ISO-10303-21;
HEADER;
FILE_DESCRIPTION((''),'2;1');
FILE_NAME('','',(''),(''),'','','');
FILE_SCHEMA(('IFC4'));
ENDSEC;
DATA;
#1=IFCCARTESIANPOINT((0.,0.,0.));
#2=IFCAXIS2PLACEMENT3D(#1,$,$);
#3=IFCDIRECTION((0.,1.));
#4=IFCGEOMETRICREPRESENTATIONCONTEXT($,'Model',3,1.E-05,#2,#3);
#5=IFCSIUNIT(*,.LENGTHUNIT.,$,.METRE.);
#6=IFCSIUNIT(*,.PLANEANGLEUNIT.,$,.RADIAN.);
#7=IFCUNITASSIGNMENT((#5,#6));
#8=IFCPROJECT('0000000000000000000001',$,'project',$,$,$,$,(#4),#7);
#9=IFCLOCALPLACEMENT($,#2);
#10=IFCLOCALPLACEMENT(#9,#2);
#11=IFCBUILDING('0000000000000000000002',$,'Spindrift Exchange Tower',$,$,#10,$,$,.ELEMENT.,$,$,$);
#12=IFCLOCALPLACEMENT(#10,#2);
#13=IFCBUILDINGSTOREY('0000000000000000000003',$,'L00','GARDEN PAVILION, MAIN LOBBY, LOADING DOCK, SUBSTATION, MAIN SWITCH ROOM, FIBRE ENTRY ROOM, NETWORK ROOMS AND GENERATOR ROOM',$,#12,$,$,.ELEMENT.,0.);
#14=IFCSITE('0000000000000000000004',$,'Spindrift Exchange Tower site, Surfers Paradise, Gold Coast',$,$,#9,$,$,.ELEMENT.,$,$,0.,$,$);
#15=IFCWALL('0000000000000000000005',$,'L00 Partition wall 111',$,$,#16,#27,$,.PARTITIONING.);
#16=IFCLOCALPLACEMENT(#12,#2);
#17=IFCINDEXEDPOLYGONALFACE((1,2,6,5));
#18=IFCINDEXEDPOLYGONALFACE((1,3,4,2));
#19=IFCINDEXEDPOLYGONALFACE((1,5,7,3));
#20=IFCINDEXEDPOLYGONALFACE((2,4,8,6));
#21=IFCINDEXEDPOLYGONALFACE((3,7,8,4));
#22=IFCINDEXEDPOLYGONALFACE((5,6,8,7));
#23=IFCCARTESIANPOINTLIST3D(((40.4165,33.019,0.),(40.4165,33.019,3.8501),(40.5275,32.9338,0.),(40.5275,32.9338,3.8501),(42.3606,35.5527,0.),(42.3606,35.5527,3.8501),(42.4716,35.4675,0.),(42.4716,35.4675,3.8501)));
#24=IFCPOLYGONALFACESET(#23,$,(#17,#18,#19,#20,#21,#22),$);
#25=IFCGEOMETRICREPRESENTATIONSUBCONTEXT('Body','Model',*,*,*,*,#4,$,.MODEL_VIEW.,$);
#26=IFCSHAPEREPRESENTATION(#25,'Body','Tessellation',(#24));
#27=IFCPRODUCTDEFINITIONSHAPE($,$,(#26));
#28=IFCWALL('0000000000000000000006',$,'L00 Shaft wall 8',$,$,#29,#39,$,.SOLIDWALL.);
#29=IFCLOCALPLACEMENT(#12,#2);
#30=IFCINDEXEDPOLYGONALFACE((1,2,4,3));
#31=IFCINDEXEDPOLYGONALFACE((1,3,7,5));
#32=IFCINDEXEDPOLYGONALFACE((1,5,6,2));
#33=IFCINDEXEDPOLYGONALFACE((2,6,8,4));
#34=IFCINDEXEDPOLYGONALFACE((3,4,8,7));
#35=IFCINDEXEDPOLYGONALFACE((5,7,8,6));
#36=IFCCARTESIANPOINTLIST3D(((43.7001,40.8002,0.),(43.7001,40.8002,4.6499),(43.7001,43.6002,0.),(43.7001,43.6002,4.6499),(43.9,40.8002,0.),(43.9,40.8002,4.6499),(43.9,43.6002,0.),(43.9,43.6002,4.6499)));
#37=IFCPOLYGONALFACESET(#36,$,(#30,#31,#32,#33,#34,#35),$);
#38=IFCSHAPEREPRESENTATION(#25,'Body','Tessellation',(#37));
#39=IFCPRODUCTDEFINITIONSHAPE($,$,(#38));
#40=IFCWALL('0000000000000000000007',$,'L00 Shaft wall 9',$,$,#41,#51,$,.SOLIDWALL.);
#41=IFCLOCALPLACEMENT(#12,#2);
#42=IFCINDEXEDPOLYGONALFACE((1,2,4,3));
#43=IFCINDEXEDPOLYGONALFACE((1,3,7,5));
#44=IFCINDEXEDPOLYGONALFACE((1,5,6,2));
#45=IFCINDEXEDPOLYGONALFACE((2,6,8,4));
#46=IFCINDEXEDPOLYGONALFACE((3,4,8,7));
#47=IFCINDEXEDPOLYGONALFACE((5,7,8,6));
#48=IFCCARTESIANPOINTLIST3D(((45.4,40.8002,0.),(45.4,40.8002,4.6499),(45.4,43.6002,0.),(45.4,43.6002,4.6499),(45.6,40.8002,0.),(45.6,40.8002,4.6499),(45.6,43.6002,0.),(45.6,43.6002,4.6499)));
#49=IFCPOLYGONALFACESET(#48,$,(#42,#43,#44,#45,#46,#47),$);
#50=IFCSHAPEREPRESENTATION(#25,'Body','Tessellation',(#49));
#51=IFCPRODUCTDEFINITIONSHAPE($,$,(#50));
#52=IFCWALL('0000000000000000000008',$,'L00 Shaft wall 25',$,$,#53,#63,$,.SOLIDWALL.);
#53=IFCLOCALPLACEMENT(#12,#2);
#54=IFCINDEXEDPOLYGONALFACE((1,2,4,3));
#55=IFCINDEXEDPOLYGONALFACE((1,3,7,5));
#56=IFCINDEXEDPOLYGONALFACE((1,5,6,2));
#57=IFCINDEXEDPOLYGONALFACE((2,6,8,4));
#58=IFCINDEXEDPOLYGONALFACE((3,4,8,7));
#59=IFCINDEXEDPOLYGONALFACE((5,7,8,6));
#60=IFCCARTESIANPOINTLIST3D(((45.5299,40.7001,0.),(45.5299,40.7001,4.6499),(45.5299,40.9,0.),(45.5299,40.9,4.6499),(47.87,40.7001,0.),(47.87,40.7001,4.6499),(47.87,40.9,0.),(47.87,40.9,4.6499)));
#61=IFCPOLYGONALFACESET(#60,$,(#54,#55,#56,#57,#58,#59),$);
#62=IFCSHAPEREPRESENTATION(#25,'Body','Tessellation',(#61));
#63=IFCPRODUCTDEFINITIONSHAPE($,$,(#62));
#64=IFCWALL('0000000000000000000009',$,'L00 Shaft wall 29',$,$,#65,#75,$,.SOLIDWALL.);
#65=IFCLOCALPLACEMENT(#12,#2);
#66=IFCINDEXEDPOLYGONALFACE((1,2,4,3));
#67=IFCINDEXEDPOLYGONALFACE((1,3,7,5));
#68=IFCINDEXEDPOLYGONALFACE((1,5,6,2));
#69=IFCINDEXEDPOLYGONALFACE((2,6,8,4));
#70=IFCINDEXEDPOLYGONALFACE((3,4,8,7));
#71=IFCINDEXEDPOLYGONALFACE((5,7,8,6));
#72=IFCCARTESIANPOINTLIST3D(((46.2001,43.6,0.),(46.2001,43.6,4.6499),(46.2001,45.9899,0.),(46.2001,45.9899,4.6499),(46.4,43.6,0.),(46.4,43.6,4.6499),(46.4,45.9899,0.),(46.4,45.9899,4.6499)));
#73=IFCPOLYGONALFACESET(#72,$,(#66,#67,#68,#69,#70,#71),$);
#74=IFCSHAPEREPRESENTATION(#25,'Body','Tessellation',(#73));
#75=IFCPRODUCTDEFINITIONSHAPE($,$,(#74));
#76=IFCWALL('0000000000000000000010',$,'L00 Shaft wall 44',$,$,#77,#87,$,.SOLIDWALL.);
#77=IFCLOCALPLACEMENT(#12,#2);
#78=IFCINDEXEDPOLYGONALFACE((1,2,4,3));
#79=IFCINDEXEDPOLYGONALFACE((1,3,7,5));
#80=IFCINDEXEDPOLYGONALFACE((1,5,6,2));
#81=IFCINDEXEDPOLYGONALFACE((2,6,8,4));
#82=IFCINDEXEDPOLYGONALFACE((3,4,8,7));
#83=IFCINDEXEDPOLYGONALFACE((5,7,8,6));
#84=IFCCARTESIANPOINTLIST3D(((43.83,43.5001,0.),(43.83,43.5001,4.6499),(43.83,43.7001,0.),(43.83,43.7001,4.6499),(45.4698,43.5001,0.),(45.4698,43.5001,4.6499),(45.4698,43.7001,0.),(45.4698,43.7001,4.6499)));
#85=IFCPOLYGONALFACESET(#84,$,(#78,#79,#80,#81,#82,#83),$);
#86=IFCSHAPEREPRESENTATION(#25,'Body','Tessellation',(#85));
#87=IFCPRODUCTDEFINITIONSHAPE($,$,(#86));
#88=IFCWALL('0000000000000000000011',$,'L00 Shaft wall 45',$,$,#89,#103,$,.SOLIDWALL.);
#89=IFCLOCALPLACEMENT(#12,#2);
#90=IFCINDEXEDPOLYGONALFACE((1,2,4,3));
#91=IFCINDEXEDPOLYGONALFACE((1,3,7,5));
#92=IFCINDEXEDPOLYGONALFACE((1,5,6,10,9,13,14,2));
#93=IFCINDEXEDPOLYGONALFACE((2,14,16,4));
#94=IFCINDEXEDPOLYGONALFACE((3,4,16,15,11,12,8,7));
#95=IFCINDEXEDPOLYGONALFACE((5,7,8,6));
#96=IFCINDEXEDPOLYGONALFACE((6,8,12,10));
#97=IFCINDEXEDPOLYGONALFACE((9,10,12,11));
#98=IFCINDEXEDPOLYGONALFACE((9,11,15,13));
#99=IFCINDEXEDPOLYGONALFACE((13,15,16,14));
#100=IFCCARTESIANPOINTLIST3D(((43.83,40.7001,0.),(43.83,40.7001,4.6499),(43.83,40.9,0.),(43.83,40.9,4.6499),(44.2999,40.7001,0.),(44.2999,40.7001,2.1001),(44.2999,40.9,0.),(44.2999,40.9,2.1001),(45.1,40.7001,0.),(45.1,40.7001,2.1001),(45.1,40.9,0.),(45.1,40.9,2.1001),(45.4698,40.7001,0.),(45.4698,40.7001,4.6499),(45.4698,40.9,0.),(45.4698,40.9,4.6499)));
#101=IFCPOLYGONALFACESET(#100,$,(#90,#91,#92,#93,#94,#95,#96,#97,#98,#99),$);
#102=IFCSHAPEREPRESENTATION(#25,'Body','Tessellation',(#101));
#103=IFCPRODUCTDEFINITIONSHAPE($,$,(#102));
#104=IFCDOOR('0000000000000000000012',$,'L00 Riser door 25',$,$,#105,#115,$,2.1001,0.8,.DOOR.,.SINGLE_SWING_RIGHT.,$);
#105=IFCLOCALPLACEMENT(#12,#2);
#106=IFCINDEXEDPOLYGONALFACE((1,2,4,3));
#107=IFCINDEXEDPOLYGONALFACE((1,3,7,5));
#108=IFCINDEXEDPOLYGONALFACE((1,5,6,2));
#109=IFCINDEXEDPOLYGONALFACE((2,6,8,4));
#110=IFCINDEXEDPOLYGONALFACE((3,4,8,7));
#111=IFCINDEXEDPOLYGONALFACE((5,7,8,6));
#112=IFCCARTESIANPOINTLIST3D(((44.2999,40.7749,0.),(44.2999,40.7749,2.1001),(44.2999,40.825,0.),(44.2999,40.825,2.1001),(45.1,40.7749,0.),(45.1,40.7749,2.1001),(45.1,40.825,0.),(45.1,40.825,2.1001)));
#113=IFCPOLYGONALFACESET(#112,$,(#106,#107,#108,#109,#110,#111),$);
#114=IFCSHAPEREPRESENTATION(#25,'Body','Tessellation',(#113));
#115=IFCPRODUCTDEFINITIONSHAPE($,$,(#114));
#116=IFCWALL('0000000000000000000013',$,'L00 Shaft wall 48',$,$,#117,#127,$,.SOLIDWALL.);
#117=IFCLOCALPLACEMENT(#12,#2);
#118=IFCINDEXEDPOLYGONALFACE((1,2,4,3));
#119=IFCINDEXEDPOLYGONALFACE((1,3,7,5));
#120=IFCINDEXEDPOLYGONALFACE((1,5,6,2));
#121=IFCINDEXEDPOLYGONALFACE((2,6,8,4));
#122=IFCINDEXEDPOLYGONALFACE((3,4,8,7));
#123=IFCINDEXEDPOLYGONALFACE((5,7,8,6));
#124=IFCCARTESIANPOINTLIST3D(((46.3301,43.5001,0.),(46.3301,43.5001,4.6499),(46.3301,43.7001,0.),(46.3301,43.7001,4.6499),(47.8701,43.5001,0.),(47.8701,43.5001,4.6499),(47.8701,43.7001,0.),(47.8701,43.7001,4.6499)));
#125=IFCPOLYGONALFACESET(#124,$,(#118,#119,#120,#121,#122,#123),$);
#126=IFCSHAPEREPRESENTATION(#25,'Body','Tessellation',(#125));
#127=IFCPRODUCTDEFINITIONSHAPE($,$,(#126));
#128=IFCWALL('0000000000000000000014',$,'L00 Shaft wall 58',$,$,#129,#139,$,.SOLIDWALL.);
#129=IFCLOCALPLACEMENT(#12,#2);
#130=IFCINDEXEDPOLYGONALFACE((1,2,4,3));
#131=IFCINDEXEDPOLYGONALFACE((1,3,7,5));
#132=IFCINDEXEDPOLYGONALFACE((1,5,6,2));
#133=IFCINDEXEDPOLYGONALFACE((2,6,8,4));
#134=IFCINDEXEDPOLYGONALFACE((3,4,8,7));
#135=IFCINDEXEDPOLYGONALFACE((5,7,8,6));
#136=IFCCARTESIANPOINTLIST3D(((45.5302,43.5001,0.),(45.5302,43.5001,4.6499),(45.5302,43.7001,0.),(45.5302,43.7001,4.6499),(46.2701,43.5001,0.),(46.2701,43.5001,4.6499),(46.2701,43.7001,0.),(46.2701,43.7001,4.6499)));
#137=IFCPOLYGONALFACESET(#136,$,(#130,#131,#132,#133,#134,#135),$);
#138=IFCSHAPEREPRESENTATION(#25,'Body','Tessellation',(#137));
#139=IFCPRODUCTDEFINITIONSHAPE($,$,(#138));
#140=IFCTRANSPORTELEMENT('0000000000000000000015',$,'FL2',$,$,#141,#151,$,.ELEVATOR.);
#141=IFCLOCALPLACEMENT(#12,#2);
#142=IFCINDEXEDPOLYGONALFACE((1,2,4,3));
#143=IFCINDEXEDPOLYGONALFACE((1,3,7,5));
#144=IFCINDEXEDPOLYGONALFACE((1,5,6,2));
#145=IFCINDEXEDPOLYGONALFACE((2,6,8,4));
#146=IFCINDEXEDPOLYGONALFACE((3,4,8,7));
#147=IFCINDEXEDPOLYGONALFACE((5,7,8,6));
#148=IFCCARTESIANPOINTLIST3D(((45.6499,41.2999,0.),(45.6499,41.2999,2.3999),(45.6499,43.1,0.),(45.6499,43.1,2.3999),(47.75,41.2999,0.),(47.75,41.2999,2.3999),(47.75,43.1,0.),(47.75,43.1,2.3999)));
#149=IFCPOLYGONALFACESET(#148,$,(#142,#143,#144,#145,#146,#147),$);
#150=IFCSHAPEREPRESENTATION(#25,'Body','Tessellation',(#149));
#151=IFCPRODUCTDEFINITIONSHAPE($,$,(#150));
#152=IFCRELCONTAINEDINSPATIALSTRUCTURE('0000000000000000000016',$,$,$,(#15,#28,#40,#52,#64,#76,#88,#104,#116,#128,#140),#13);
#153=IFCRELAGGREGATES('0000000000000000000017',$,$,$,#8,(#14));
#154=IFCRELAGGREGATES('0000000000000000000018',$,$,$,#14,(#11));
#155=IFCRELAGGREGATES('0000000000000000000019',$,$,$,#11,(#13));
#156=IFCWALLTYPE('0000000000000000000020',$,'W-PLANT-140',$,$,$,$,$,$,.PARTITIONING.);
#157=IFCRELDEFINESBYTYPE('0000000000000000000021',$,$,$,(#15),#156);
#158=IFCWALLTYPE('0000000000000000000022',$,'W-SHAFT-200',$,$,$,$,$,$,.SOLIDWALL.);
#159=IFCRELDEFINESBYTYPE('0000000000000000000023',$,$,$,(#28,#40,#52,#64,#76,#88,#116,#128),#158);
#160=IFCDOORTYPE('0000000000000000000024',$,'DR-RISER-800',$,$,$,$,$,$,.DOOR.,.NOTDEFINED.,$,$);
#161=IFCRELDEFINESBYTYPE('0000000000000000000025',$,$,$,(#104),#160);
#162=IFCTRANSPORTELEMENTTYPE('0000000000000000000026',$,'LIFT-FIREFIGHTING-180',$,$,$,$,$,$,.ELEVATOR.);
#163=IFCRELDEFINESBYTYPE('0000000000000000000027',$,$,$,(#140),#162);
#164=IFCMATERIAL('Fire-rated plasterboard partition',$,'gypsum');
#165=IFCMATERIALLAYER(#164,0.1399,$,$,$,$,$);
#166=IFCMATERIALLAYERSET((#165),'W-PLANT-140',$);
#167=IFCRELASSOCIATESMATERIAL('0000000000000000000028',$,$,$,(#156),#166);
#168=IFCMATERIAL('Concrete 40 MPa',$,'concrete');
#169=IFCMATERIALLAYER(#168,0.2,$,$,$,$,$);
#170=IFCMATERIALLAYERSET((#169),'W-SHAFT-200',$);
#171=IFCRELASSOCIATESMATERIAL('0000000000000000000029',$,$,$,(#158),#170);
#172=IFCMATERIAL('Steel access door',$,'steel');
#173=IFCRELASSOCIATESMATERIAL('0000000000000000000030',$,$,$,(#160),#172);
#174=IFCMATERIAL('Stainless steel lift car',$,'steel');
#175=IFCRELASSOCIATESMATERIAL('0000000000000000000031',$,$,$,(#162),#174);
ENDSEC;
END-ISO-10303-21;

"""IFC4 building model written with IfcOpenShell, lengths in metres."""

from ifc_helpers import new_model, si_unit, direction, frame, frame_2d, origin, origin_2d, place, context, subcontext, project, spatial, rectangle, extrude, source, transform, mapped, material, layer, layer_set, type_object, element, fill, save


model = new_model("IFC4")

# Units and contexts
model_context = context("Model", 3, precision=1e-05, world=origin(), true_north=direction((0.0, 1.0)))
body_context = subcontext(model_context, "Body", "Model", "MODEL_VIEW")
ifc_project = project(units=[si_unit("LENGTHUNIT", "METRE"), si_unit("PLANEANGLEUNIT", "RADIAN")], contexts=[model_context])

# Site, building, storey
site_placement = place(None, origin())
site = spatial("IfcSite", under=ifc_project, at=site_placement, Name="Spindrift Exchange Tower site, Surfers Paradise, Gold Coast", CompositionType="ELEMENT", RefElevation=0.0)
building_placement = place(site_placement, origin())
building = spatial("IfcBuilding", under=site, at=building_placement, Name="Spindrift Exchange Tower", CompositionType="ELEMENT")
storey_placement = place(building_placement, origin())
storey = spatial("IfcBuildingStorey", under=building, at=storey_placement, Name="L00", Description="GARDEN PAVILION, MAIN LOBBY, LOADING DOCK, SUBSTATION, MAIN SWITCH ROOM, FIBRE ENTRY ROOM, NETWORK ROOMS AND GENERATOR ROOM", CompositionType="ELEMENT", Elevation=0.0)

# Shared definitions
ifc_material_1 = material(Name="Concrete 40 MPa", Category="concrete")

# Walls
ifc_material_2 = material(Name="Fire-rated plasterboard partition", Category="gypsum")
ifc_layer_1 = layer(ifc_material_2, 0.1399)
ifc_layer_set_1 = layer_set([ifc_layer_1], Name="W-PLANT-140")
wall_type_1 = type_object("IfcWallType", Name="W-PLANT-140", PredefinedType="PARTITIONING", material=ifc_layer_set_1)
wall_1_placement = place(storey_placement, frame((42.416, 35.51, 0.0), z_axis=(0.0, 0.0, 1.0), x_axis=(-0.608746, -0.793365, 0.0)))
element("IfcWall", 1, at=wall_1_placement, inside=storey, type_object=wall_type_1, Name="L00 Partition wall 111", PredefinedType="PARTITIONING", context=body_context, shape_type="SweptSolid", body=[
    extrude(rectangle(XDim=3.1936, YDim=0.1399, at=frame_2d((1.5967, 0.0))), origin(), (0.0, 0.0, 1.0), 3.8501),
])
ifc_layer_2 = layer(ifc_material_1, 0.2)
ifc_layer_set_2 = layer_set([ifc_layer_2], Name="W-SHAFT-200")
wall_type_2 = type_object("IfcWallType", Name="W-SHAFT-200", PredefinedType="SOLIDWALL", material=ifc_layer_set_2)
for number, where, z_axis, x_axis, name in (
    (2, (43.8, 43.6001, 0.0), (0.0, 0.0, 1.0), (0.0, -1.0, 0.0), "L00 Shaft wall 8"),
    (3, (45.5, 43.6001, 0.0), (0.0, 0.0, 1.0), (0.0, -1.0, 0.0), "L00 Shaft wall 9"),
):
    element("IfcWall", number, at=place(storey_placement, frame(where, z_axis=z_axis, x_axis=x_axis)), inside=storey, type_object=wall_type_2, Name=name, PredefinedType="SOLIDWALL", context=body_context, shape_type="SweptSolid", body=[
        extrude(rectangle(XDim=2.8, YDim=0.2, at=frame_2d((1.3999, 0.0))), origin(), (0.0, 0.0, 1.0), 4.6499),
    ])
wall_2_placement = place(storey_placement, frame((45.53, 40.8, 0.0), z_axis=(0.0, 0.0, 1.0), x_axis=(1.0, 0.0, 0.0)))
element("IfcWall", 4, at=wall_2_placement, inside=storey, type_object=wall_type_2, Name="L00 Shaft wall 25", PredefinedType="SOLIDWALL", context=body_context, shape_type="SweptSolid", body=[
    extrude(rectangle(XDim=2.3401, YDim=0.2, at=frame_2d((1.1699, 0.0))), origin(), (0.0, 0.0, 1.0), 4.6499),
])
wall_3_placement = place(storey_placement, frame((46.3, 43.6001, 0.0), z_axis=(0.0, 0.0, 1.0), x_axis=(0.0, 1.0, 0.0)))
element("IfcWall", 5, at=wall_3_placement, inside=storey, type_object=wall_type_2, Name="L00 Shaft wall 29", PredefinedType="SOLIDWALL", context=body_context, shape_type="SweptSolid", body=[
    extrude(rectangle(XDim=2.3899, YDim=0.2, at=frame_2d((1.1948, 0.0))), origin(), (0.0, 0.0, 1.0), 4.6499),
])
wall_4_placement = place(storey_placement, frame((43.8301, 43.6001, 0.0), z_axis=(0.0, 0.0, 1.0), x_axis=(1.0, 0.0, 0.0)))
element("IfcWall", 6, at=wall_4_placement, inside=storey, type_object=wall_type_2, Name="L00 Shaft wall 44", PredefinedType="SOLIDWALL", context=body_context, shape_type="SweptSolid", body=[
    extrude(rectangle(XDim=1.6399, YDim=0.2, at=frame_2d((0.8198, 0.0))), origin(), (0.0, 0.0, 1.0), 4.6499),
])

# Wall, opening, door
wall_5_placement = place(storey_placement, frame((43.8301, 40.8, 0.0), z_axis=(0.0, 0.0, 1.0), x_axis=(1.0, 0.0, 0.0)))
wall_5 = element("IfcWall", 7, at=wall_5_placement, inside=storey, type_object=wall_type_2, Name="L00 Shaft wall 45", PredefinedType="SOLIDWALL", context=body_context, shape_type="SweptSolid", body=[
    extrude(rectangle(XDim=1.6399, YDim=0.2, at=frame_2d((0.8198, 0.0))), origin(), (0.0, 0.0, 1.0), 4.6499),
])
opening_placement = place(wall_5_placement, frame((0.47, 0.0, 0.0)))
opening = element("IfcOpeningElement", 8, at=opening_placement, cuts=wall_5, PredefinedType="OPENING", context=body_context, shape_type="SweptSolid", body=[
    extrude(rectangle(XDim=0.8, YDim=2.1001, at=frame_2d((0.3999, 1.05))), frame((0.0, 0.1099, 0.0), z_axis=(0.0, -1.0, 0.0), x_axis=(1.0, 0.0, 0.0)), (0.0, 0.0, 1.0), 0.22),
])
ifc_material_3 = material(Name="Steel access door", Category="steel")
door_type = type_object("IfcDoorType", Name="DR-RISER-800", OperationType="NOTDEFINED", PredefinedType="DOOR", material=ifc_material_3)
shared_shape_1 = source(origin(), body_context, "Body", "SweptSolid", [
    extrude(rectangle(XDim=0.8, YDim=2.1001, at=frame_2d((0.3999, 1.05))), frame((0.0, 0.0249, 0.0), z_axis=(0.0, -1.0, 0.0), x_axis=(1.0, 0.0, 0.0)), (0.0, 0.0, 1.0), 0.05),
])
door_placement = place(opening_placement, origin())
door = element("IfcDoor", 9, at=door_placement, inside=storey, type_object=door_type, Name="L00 Riser door 25", OperationType="SINGLE_SWING_RIGHT", OverallHeight=2.1001, OverallWidth=0.8, PredefinedType="DOOR", context=body_context, shape_type="MappedRepresentation", body=[
    mapped(shared_shape_1, transform((0.0, 0.0, 0.0), scale=1.0)),
])
fill(opening, door)

# Walls
wall_6_placement = place(storey_placement, frame((46.3301, 43.6001, 0.0), z_axis=(0.0, 0.0, 1.0), x_axis=(1.0, 0.0, 0.0)))
element("IfcWall", 10, at=wall_6_placement, inside=storey, type_object=wall_type_2, Name="L00 Shaft wall 48", PredefinedType="SOLIDWALL", context=body_context, shape_type="SweptSolid", body=[
    extrude(rectangle(XDim=1.54, YDim=0.2, at=frame_2d((0.77, 0.0))), origin(), (0.0, 0.0, 1.0), 4.6499),
])
wall_7_placement = place(storey_placement, frame((45.53, 43.6001, 0.0), z_axis=(0.0, 0.0, 1.0), x_axis=(1.0, 0.0, 0.0)))
element("IfcWall", 11, at=wall_7_placement, inside=storey, type_object=wall_type_2, Name="L00 Shaft wall 58", PredefinedType="SOLIDWALL", context=body_context, shape_type="SweptSolid", body=[
    extrude(rectangle(XDim=0.74, YDim=0.2, at=frame_2d((0.3701, 0.0))), origin(), (0.0, 0.0, 1.0), 4.6499),
])

# Transport element
ifc_material_4 = material(Name="Stainless steel lift car", Category="steel")
transport_element_type = type_object("IfcTransportElementType", Name="LIFT-FIREFIGHTING-180", PredefinedType="ELEVATOR", material=ifc_material_4)
shared_shape_2 = source(origin(), body_context, "Body", "SweptSolid", [
    extrude(rectangle(XDim=2.1001, YDim=1.8, at=origin_2d()), origin(), (0.0, 0.0, 1.0), 2.3999),
])
transport_element_placement = place(storey_placement, frame((46.7, 42.2, 0.0), z_axis=(0.0, 0.0, 1.0), x_axis=(1.0, 0.0, 0.0)))
element("IfcTransportElement", 12, at=transport_element_placement, inside=storey, type_object=transport_element_type, Name="FL2", PredefinedType="ELEVATOR", context=body_context, shape_type="MappedRepresentation", body=[
    mapped(shared_shape_2, transform((0.0, 0.0, 0.0), scale=1.0)),
])

save(model, "model.ifc")
